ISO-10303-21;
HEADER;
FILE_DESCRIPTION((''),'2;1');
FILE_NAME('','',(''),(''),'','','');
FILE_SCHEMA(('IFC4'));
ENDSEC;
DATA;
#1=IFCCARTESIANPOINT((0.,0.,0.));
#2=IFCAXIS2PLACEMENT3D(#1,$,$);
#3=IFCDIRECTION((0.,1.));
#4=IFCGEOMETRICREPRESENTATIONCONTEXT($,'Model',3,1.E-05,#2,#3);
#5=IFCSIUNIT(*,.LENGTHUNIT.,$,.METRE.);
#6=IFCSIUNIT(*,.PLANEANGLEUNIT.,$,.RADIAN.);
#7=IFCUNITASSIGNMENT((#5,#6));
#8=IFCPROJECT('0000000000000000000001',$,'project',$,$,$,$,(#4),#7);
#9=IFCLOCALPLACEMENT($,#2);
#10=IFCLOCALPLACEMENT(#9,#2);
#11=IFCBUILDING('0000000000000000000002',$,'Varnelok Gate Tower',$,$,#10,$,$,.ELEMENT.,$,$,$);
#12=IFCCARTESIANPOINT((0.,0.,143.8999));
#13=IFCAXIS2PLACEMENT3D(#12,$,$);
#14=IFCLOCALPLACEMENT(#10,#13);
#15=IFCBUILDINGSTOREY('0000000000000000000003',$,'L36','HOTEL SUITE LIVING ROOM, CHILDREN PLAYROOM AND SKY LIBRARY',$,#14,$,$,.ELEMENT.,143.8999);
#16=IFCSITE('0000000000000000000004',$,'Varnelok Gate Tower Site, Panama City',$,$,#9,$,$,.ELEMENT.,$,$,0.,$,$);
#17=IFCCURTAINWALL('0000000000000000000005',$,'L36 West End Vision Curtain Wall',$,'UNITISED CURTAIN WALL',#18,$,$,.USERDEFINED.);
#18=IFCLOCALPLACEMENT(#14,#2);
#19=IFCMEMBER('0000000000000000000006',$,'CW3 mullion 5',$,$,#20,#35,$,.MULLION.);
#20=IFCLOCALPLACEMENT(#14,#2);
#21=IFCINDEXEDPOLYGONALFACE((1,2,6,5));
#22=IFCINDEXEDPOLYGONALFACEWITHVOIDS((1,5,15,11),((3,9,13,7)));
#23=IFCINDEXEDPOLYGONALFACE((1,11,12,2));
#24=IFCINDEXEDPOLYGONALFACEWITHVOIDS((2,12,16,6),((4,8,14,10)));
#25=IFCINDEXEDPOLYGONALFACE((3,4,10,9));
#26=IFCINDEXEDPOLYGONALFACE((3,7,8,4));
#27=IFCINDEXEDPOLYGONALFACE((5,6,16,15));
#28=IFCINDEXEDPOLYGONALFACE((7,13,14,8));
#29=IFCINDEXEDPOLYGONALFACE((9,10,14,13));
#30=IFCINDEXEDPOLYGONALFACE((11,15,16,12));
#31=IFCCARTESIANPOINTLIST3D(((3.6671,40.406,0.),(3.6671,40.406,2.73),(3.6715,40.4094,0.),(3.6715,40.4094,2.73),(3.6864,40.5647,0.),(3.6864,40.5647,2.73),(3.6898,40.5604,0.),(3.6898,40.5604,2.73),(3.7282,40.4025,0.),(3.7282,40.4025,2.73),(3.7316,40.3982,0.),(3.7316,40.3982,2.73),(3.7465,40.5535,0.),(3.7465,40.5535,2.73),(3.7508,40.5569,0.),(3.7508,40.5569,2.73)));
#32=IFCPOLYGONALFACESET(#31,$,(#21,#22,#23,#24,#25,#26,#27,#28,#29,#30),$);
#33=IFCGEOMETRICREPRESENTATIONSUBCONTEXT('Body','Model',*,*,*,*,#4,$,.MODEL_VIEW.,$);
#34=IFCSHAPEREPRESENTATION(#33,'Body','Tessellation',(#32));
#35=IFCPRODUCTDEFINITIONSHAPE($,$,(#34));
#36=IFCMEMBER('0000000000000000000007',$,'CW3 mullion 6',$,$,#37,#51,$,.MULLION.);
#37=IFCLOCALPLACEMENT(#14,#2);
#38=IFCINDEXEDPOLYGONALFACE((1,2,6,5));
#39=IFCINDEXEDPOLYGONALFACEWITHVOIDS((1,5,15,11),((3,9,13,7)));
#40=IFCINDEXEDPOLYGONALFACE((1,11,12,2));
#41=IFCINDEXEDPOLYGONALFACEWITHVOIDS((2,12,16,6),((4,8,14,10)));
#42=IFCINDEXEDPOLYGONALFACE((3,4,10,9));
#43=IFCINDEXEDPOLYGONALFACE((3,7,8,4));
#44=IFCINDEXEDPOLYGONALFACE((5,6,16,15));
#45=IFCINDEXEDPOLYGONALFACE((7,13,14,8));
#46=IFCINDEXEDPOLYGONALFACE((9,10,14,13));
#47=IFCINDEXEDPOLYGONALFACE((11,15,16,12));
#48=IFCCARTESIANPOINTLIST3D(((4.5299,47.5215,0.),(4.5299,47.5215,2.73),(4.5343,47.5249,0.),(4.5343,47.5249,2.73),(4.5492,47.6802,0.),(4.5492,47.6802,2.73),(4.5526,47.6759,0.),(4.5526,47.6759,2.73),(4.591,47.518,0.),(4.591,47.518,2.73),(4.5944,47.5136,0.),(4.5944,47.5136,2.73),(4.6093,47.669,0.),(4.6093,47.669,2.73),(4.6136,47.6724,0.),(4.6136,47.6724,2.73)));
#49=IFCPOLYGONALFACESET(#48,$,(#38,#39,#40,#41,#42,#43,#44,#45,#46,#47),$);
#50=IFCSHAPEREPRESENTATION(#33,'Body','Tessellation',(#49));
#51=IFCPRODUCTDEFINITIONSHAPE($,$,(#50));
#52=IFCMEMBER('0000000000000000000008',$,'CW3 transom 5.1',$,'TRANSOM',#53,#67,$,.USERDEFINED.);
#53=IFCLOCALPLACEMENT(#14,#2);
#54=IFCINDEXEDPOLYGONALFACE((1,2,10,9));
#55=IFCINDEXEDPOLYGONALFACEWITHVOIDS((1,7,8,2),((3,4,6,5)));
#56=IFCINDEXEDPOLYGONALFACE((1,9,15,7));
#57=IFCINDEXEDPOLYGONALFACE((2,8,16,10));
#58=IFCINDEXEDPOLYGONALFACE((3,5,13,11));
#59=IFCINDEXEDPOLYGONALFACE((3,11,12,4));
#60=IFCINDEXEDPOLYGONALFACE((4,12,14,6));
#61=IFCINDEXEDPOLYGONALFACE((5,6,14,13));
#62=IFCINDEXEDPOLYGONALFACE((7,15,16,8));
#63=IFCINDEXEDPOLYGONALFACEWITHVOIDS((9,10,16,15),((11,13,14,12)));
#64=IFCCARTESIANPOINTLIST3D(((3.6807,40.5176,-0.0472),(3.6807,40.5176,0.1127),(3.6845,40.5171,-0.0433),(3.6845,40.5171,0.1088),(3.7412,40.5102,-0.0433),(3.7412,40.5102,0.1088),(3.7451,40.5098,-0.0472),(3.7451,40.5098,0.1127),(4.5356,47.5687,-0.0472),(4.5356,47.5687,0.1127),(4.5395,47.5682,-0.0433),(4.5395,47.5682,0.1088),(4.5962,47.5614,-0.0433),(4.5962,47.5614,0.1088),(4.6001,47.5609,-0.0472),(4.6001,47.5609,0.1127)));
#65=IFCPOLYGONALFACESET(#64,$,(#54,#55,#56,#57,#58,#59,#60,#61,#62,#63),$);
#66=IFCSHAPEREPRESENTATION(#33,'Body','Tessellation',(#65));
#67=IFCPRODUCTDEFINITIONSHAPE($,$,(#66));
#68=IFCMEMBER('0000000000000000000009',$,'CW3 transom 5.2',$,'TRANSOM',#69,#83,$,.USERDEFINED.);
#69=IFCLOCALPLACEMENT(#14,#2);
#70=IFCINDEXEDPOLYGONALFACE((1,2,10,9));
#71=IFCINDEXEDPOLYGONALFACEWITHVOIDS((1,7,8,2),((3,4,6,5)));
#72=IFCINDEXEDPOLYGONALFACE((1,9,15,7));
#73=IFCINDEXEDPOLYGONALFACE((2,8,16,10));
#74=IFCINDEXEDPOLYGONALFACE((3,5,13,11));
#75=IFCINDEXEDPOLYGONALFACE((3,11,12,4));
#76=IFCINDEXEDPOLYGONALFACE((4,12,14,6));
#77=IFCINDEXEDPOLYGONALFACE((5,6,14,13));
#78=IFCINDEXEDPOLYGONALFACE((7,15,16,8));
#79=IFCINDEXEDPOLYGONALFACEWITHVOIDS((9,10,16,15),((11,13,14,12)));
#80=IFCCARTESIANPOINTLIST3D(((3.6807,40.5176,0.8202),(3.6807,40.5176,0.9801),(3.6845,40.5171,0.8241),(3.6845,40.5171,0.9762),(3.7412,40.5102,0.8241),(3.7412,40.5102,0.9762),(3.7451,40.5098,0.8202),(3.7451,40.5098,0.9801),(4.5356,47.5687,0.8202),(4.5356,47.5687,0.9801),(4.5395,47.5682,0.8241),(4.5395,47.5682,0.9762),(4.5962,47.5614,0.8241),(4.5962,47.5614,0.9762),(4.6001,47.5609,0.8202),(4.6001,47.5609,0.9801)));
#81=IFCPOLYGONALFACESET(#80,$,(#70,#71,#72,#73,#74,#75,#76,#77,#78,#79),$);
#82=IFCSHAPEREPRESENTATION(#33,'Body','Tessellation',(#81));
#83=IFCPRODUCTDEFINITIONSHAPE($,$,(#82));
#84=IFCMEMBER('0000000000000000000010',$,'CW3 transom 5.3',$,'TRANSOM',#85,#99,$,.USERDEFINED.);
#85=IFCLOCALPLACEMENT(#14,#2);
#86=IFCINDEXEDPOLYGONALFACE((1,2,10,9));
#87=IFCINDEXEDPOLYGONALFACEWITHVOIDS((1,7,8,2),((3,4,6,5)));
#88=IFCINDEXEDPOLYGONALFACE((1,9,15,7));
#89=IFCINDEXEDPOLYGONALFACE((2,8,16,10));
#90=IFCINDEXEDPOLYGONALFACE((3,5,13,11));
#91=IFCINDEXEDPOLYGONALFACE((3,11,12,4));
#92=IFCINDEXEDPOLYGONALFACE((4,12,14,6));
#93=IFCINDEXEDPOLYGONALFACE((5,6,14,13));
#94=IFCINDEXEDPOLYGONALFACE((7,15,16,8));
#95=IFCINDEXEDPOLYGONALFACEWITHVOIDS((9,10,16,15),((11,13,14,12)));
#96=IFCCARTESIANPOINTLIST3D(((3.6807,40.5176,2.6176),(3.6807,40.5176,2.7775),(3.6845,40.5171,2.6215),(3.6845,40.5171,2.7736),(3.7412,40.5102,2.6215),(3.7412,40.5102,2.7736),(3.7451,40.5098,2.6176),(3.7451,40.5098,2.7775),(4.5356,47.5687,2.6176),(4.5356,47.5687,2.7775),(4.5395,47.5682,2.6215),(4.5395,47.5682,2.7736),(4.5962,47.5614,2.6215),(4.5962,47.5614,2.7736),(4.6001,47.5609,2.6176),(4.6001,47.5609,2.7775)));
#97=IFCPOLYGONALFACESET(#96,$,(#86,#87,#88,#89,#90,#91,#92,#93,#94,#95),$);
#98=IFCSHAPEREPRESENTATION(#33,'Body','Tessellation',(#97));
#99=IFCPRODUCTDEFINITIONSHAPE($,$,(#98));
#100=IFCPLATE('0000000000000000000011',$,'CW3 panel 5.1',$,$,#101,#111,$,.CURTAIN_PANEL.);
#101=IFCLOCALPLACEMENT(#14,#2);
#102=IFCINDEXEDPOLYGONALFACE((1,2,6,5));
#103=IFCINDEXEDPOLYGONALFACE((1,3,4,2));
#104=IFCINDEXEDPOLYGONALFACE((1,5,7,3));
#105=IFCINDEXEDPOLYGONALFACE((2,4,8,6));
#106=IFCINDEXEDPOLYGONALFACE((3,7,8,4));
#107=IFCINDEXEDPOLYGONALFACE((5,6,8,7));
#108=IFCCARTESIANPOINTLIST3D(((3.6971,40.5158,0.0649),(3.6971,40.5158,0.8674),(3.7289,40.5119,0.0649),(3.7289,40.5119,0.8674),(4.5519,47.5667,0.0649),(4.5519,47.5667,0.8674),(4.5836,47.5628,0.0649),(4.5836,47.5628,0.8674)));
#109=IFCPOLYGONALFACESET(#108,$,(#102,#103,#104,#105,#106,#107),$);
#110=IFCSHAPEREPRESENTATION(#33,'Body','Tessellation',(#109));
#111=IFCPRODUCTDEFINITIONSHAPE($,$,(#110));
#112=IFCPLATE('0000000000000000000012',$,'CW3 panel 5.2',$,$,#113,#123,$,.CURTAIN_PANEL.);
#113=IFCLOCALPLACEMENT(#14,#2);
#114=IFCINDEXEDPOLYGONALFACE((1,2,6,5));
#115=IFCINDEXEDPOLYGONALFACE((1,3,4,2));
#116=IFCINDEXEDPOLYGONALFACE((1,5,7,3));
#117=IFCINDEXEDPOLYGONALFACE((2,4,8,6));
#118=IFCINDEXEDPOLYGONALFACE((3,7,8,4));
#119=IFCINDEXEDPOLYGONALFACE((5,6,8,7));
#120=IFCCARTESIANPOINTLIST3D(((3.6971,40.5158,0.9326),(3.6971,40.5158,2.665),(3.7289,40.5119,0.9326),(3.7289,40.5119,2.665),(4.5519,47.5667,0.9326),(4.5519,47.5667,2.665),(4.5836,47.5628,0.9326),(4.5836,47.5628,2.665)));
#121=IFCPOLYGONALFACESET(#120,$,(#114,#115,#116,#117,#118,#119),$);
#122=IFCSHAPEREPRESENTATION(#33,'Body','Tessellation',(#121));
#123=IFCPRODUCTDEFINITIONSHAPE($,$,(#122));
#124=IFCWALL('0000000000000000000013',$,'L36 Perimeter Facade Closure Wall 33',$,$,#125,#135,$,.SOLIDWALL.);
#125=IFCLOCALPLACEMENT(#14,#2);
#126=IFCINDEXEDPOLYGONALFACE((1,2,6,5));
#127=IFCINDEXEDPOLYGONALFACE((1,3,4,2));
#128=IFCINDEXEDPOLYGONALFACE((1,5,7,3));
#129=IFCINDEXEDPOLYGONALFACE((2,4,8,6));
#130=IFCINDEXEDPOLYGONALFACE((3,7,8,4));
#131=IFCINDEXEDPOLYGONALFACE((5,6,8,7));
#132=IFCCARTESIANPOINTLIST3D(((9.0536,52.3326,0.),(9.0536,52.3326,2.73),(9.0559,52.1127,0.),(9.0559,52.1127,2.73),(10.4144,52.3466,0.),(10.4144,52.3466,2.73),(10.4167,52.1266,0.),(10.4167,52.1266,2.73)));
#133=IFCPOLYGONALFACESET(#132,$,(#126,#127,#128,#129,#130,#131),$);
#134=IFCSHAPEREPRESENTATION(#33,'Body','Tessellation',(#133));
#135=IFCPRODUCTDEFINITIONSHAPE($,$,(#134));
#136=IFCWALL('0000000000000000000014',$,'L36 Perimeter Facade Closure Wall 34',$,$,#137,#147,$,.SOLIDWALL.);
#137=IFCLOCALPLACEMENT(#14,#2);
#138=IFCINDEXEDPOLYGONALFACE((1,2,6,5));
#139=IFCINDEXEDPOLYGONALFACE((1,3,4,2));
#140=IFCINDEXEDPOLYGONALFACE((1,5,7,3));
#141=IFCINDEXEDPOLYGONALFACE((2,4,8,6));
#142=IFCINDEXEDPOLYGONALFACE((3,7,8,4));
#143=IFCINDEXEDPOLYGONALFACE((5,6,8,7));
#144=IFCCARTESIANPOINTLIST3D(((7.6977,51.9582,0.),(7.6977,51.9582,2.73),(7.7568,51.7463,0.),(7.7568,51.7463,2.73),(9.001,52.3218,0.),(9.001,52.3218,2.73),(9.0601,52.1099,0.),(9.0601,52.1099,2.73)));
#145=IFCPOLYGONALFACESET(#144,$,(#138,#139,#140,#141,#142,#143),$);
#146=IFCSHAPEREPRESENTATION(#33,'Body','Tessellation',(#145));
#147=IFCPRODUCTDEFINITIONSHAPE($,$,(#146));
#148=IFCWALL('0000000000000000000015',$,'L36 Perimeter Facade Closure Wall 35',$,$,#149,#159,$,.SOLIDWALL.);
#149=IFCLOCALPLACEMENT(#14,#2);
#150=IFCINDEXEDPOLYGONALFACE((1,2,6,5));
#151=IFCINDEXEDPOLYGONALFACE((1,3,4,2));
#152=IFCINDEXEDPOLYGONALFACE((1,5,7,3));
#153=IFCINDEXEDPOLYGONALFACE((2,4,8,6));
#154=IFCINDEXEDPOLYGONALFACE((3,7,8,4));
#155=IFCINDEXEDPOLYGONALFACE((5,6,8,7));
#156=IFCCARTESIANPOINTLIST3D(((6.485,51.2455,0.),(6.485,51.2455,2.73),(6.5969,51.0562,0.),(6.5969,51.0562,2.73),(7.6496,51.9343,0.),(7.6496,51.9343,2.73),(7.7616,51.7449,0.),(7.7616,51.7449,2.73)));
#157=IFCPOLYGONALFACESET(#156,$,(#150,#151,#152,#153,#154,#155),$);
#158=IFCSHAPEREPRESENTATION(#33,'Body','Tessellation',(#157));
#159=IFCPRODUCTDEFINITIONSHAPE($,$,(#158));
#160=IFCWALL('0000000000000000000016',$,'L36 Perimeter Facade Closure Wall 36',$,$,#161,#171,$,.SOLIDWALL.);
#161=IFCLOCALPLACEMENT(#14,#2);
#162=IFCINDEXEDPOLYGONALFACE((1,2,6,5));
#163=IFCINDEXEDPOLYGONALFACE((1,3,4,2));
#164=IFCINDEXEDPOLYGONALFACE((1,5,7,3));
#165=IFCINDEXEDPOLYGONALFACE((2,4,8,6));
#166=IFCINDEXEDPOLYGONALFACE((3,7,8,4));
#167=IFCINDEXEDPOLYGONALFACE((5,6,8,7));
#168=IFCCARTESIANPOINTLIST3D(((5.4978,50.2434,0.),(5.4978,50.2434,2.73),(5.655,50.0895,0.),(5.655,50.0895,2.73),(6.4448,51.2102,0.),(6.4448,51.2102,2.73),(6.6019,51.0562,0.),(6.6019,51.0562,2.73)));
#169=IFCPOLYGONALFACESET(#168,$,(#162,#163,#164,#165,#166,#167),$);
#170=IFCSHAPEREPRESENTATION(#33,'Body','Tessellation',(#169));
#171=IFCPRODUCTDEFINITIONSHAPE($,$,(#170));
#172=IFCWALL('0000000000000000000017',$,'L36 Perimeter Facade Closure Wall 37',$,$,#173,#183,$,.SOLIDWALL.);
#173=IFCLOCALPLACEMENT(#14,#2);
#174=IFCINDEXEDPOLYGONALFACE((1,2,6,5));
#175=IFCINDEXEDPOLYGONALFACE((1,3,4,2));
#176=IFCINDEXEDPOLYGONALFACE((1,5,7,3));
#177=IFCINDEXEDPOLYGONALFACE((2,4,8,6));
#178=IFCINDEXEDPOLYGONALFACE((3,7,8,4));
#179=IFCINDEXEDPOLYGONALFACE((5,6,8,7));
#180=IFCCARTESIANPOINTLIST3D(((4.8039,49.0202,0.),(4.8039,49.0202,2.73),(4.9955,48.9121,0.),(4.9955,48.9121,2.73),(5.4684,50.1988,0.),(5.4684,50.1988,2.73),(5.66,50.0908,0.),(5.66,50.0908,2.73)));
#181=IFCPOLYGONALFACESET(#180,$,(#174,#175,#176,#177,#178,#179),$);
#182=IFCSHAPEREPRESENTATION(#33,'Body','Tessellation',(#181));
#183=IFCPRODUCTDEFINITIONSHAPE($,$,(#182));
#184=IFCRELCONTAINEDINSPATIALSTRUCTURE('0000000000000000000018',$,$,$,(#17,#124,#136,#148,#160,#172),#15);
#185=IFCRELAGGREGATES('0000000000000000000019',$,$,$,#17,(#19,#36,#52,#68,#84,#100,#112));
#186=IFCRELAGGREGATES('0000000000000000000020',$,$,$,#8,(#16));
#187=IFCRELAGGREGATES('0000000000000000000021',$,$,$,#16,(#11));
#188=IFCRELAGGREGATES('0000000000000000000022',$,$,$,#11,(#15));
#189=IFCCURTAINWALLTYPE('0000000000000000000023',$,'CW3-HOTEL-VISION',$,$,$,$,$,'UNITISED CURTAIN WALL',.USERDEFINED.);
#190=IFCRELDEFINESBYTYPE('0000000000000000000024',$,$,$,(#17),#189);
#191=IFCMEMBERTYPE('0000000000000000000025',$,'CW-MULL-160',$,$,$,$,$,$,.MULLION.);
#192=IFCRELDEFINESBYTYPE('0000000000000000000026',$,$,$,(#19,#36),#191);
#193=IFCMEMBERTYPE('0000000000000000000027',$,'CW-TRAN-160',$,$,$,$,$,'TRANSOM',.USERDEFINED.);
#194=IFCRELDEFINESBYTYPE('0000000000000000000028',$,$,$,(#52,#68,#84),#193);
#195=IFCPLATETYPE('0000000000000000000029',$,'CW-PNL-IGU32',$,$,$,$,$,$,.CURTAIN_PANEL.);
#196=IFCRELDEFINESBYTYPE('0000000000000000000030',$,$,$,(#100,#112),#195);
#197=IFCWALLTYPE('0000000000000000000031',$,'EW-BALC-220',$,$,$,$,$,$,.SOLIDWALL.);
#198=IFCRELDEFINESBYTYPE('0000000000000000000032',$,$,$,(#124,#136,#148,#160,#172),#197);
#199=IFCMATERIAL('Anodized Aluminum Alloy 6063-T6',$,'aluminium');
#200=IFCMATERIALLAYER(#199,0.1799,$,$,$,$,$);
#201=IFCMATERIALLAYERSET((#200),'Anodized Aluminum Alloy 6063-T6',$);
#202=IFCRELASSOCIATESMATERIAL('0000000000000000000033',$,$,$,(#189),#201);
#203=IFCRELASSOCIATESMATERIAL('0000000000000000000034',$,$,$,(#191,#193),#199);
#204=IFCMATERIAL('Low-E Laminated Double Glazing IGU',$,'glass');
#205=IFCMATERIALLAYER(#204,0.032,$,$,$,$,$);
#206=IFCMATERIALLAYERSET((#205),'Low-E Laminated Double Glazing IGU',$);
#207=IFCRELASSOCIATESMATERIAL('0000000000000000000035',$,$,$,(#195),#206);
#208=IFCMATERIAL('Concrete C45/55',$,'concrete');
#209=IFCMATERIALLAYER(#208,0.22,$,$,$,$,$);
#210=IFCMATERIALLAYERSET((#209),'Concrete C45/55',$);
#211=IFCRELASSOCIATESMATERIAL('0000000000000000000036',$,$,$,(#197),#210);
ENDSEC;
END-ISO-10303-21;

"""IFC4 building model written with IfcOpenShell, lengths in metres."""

from ifc_helpers import new_model, si_unit, direction, frame, frame_2d, origin, origin_2d, place, context, subcontext, project, spatial, rectangle, hollow_rectangle, extrude, source, transform, mapped, material, layer, layer_set, material_profile, profile_set, type_object, element, aggregate, save


model = new_model("IFC4")

# Units and contexts
model_context = context("Model", 3, precision=1e-05, world=origin(), true_north=direction((0.0, 1.0)))
body_context = subcontext(model_context, "Body", "Model", "MODEL_VIEW")
ifc_project = project(units=[si_unit("LENGTHUNIT", "METRE"), si_unit("PLANEANGLEUNIT", "RADIAN")], contexts=[model_context])

# Site, building, storey
site_placement = place(None, origin())
site = spatial("IfcSite", under=ifc_project, at=site_placement, Name="Varnelok Gate Tower Site, Panama City", CompositionType="ELEMENT", RefElevation=0.0)
building_placement = place(site_placement, origin())
building = spatial("IfcBuilding", under=site, at=building_placement, Name="Varnelok Gate Tower", CompositionType="ELEMENT")
storey_placement = place(building_placement, frame((0.0, 0.0, 143.8999)))
storey = spatial("IfcBuildingStorey", under=building, at=storey_placement, Name="L36", Description="HOTEL SUITE LIVING ROOM, CHILDREN PLAYROOM AND SKY LIBRARY", CompositionType="ELEMENT", Elevation=143.8999)

# Curtain wall, members, plates
ifc_material_1 = material(Name="Anodized Aluminum Alloy 6063-T6", Category="aluminium")
ifc_layer_1 = layer(ifc_material_1, 0.1799)
ifc_layer_set_1 = layer_set([ifc_layer_1], Name="Anodized Aluminum Alloy 6063-T6")
curtain_wall_type = type_object("IfcCurtainWallType", Name="CW3-HOTEL-VISION", ElementType="UNITISED CURTAIN WALL", PredefinedType="USERDEFINED", material=ifc_layer_set_1)
curtain_wall_placement = place(storey_placement, origin())
curtain_wall = element("IfcCurtainWall", 1, at=curtain_wall_placement, inside=storey, type_object=curtain_wall_type, Name="L36 West End Vision Curtain Wall", ObjectType="UNITISED CURTAIN WALL", PredefinedType="USERDEFINED")
ifc_material_profile_1 = material_profile(ifc_material_1, hollow_rectangle(XDim=0.0649, YDim=0.1599, WallThickness=0.0039, at=origin_2d()), Name="ALU160X65X4")
ifc_profile_set_1 = profile_set([ifc_material_profile_1], Name="Anodized Aluminum Alloy 6063-T6")
member_type_1 = type_object("IfcMemberType", Name="CW-MULL-160", PredefinedType="MULLION", material=ifc_profile_set_1)
member_1_placement = place(storey_placement, frame((3.709, 40.4814, 0.0), z_axis=(0.0, 0.0, 1.0), x_axis=(-0.992732, 0.120347, 0.0)))
member_1 = element("IfcMember", 2, at=member_1_placement, type_object=member_type_1, Name="CW3 mullion 5", PredefinedType="MULLION", context=body_context, shape_type="SweptSolid", body=[
    extrude(hollow_rectangle(XDim=0.0649, YDim=0.1599, WallThickness=0.0039, at=origin_2d()), origin(), (0.0, 0.0, 1.0), 2.73),
])
member_2_placement = place(storey_placement, frame((4.5718, 47.5969, 0.0), z_axis=(0.0, 0.0, 1.0), x_axis=(-0.992732, 0.120347, 0.0)))
member_2 = element("IfcMember", 3, at=member_2_placement, type_object=member_type_1, Name="CW3 mullion 6", PredefinedType="MULLION", context=body_context, shape_type="SweptSolid", body=[
    extrude(hollow_rectangle(XDim=0.0649, YDim=0.1599, WallThickness=0.0039, at=origin_2d()), origin(), (0.0, 0.0, 1.0), 2.73),
])
ifc_material_profile_2 = material_profile(ifc_material_1, hollow_rectangle(XDim=0.0649, YDim=0.1599, WallThickness=0.0039, at=origin_2d()), Name="ALU160X65X4")
ifc_profile_set_2 = profile_set([ifc_material_profile_2], Name="Anodized Aluminum Alloy 6063-T6")
member_type_2 = type_object("IfcMemberType", Name="CW-TRAN-160", ElementType="TRANSOM", PredefinedType="USERDEFINED", material=ifc_profile_set_2)
member_3_placement = place(storey_placement, frame((3.7129, 40.5137, 0.0327), z_axis=(0.120374, 0.992729, 0.0), x_axis=(-0.992729, 0.120374, 0.0)))
member_3 = element("IfcMember", 4, at=member_3_placement, type_object=member_type_2, Name="CW3 transom 5.1", ObjectType="TRANSOM", PredefinedType="USERDEFINED", context=body_context, shape_type="SweptSolid", body=[
    extrude(hollow_rectangle(XDim=0.0649, YDim=0.1599, WallThickness=0.0039, at=origin_2d()), origin(), (0.0, 0.0, 1.0), 7.1028),
])
member_4_placement = place(storey_placement, frame((3.7129, 40.5137, 0.9001), z_axis=(0.120374, 0.992729, 0.0), x_axis=(-0.992729, 0.120374, 0.0)))
member_4 = element("IfcMember", 5, at=member_4_placement, type_object=member_type_2, Name="CW3 transom 5.2", ObjectType="TRANSOM", PredefinedType="USERDEFINED", context=body_context, shape_type="SweptSolid", body=[
    extrude(hollow_rectangle(XDim=0.0649, YDim=0.1599, WallThickness=0.0039, at=origin_2d()), origin(), (0.0, 0.0, 1.0), 7.1028),
])
member_5_placement = place(storey_placement, frame((3.7129, 40.5137, 2.6975), z_axis=(0.120374, 0.992729, 0.0), x_axis=(-0.992729, 0.120374, 0.0)))
member_5 = element("IfcMember", 6, at=member_5_placement, type_object=member_type_2, Name="CW3 transom 5.3", ObjectType="TRANSOM", PredefinedType="USERDEFINED", context=body_context, shape_type="SweptSolid", body=[
    extrude(hollow_rectangle(XDim=0.0649, YDim=0.1599, WallThickness=0.0039, at=origin_2d()), origin(), (0.0, 0.0, 1.0), 7.1028),
])
ifc_material_2 = material(Name="Low-E Laminated Double Glazing IGU", Category="glass")
ifc_layer_2 = layer(ifc_material_2, 0.032)
ifc_layer_set_2 = layer_set([ifc_layer_2], Name="Low-E Laminated Double Glazing IGU")
plate_type = type_object("IfcPlateType", Name="CW-PNL-IGU32", PredefinedType="CURTAIN_PANEL", material=ifc_layer_set_2)
shared_shape_1 = source(origin(), body_context, "Body", "SweptSolid", [
    extrude(rectangle(XDim=7.1025, YDim=0.032, at=origin_2d()), origin(), (0.0, 0.0, 1.0), 0.8025),
])
plate_1_placement = place(storey_placement, frame((4.1404, 44.0393, 0.0649), z_axis=(0.0, 0.0, 1.0), x_axis=(0.120347, 0.992732, 0.0)))
plate_1 = element("IfcPlate", 7, at=plate_1_placement, type_object=plate_type, Name="CW3 panel 5.1", PredefinedType="CURTAIN_PANEL", context=body_context, shape_type="MappedRepresentation", body=[
    mapped(shared_shape_1, transform((0.0, 0.0, 0.0), scale=1.0)),
])
shared_shape_2 = source(origin(), body_context, "Body", "SweptSolid", [
    extrude(rectangle(XDim=7.1025, YDim=0.032, at=origin_2d()), origin(), (0.0, 0.0, 1.0), 1.7324),
])
plate_2_placement = place(storey_placement, frame((4.1404, 44.0393, 0.9326), z_axis=(0.0, 0.0, 1.0), x_axis=(0.120347, 0.992732, 0.0)))
plate_2 = element("IfcPlate", 8, at=plate_2_placement, type_object=plate_type, Name="CW3 panel 5.2", PredefinedType="CURTAIN_PANEL", context=body_context, shape_type="MappedRepresentation", body=[
    mapped(shared_shape_2, transform((0.0, 0.0, 0.0), scale=1.0)),
])
aggregate(curtain_wall, [member_1, member_2, member_3, member_4, member_5, plate_1, plate_2])

# Walls
ifc_material_3 = material(Name="Concrete C45/55", Category="concrete")
ifc_layer_3 = layer(ifc_material_3, 0.22)
ifc_layer_set_3 = layer_set([ifc_layer_3], Name="Concrete C45/55")
wall_type_1 = type_object("IfcWallType", Name="EW-BALC-220", PredefinedType="SOLIDWALL", material=ifc_layer_set_3)
wall_1_placement = place(storey_placement, frame((10.4155, 52.2366, 0.0), z_axis=(0.0, 0.0, 1.0), x_axis=(-0.999948, -0.010226, 0.0)))
element("IfcWall", 9, at=wall_1_placement, inside=storey, type_object=wall_type_1, Name="L36 Perimeter Facade Closure Wall 33", PredefinedType="SOLIDWALL", context=body_context, shape_type="SweptSolid", body=[
    extrude(rectangle(XDim=1.3608, YDim=0.22, at=frame_2d((0.6804, 0.0))), origin(), (0.0, 0.0, 1.0), 2.73),
])
for number, where, z_axis, x_axis, name in (
    (10, (9.0305, 52.2158, 0.0), (0.0, 0.0, 1.0), (-0.963228, -0.268686, 0.0), "L36 Perimeter Facade Closure Wall 34"),
    (11, (7.7056, 51.8396, 0.0), (0.0, 0.0, 1.0), (-0.86074, -0.509045, 0.0), "L36 Perimeter Facade Closure Wall 35"),
):
    element("IfcWall", number, at=place(storey_placement, frame(where, z_axis=z_axis, x_axis=x_axis)), inside=storey, type_object=wall_type_1, Name=name, PredefinedType="SOLIDWALL", context=body_context, shape_type="SweptSolid", body=[
        extrude(rectangle(XDim=1.353, YDim=0.22, at=frame_2d((0.6765, 0.0))), origin(), (0.0, 0.0, 1.0), 2.73),
    ])
wall_2_placement = place(storey_placement, frame((6.5234, 51.1333, 0.0), z_axis=(0.0, 0.0, 1.0), x_axis=(-0.699763, -0.714375, 0.0)))
element("IfcWall", 12, at=wall_2_placement, inside=storey, type_object=wall_type_1, Name="L36 Perimeter Facade Closure Wall 36", PredefinedType="SOLIDWALL", context=body_context, shape_type="SweptSolid", body=[
    extrude(rectangle(XDim=1.3533, YDim=0.22, at=frame_2d((0.6768, 0.0))), origin(), (0.0, 0.0, 1.0), 2.73),
])
wall_3_placement = place(storey_placement, frame((5.5642, 50.1448, 0.0), z_axis=(0.0, 0.0, 1.0), x_axis=(-0.491118, -0.871093, 0.0)))
element("IfcWall", 13, at=wall_3_placement, inside=storey, type_object=wall_type_1, Name="L36 Perimeter Facade Closure Wall 37", PredefinedType="SOLIDWALL", context=body_context, shape_type="SweptSolid", body=[
    extrude(rectangle(XDim=1.353, YDim=0.22, at=frame_2d((0.6765, 0.0))), origin(), (0.0, 0.0, 1.0), 2.73),
])

save(model, "model.ifc")
